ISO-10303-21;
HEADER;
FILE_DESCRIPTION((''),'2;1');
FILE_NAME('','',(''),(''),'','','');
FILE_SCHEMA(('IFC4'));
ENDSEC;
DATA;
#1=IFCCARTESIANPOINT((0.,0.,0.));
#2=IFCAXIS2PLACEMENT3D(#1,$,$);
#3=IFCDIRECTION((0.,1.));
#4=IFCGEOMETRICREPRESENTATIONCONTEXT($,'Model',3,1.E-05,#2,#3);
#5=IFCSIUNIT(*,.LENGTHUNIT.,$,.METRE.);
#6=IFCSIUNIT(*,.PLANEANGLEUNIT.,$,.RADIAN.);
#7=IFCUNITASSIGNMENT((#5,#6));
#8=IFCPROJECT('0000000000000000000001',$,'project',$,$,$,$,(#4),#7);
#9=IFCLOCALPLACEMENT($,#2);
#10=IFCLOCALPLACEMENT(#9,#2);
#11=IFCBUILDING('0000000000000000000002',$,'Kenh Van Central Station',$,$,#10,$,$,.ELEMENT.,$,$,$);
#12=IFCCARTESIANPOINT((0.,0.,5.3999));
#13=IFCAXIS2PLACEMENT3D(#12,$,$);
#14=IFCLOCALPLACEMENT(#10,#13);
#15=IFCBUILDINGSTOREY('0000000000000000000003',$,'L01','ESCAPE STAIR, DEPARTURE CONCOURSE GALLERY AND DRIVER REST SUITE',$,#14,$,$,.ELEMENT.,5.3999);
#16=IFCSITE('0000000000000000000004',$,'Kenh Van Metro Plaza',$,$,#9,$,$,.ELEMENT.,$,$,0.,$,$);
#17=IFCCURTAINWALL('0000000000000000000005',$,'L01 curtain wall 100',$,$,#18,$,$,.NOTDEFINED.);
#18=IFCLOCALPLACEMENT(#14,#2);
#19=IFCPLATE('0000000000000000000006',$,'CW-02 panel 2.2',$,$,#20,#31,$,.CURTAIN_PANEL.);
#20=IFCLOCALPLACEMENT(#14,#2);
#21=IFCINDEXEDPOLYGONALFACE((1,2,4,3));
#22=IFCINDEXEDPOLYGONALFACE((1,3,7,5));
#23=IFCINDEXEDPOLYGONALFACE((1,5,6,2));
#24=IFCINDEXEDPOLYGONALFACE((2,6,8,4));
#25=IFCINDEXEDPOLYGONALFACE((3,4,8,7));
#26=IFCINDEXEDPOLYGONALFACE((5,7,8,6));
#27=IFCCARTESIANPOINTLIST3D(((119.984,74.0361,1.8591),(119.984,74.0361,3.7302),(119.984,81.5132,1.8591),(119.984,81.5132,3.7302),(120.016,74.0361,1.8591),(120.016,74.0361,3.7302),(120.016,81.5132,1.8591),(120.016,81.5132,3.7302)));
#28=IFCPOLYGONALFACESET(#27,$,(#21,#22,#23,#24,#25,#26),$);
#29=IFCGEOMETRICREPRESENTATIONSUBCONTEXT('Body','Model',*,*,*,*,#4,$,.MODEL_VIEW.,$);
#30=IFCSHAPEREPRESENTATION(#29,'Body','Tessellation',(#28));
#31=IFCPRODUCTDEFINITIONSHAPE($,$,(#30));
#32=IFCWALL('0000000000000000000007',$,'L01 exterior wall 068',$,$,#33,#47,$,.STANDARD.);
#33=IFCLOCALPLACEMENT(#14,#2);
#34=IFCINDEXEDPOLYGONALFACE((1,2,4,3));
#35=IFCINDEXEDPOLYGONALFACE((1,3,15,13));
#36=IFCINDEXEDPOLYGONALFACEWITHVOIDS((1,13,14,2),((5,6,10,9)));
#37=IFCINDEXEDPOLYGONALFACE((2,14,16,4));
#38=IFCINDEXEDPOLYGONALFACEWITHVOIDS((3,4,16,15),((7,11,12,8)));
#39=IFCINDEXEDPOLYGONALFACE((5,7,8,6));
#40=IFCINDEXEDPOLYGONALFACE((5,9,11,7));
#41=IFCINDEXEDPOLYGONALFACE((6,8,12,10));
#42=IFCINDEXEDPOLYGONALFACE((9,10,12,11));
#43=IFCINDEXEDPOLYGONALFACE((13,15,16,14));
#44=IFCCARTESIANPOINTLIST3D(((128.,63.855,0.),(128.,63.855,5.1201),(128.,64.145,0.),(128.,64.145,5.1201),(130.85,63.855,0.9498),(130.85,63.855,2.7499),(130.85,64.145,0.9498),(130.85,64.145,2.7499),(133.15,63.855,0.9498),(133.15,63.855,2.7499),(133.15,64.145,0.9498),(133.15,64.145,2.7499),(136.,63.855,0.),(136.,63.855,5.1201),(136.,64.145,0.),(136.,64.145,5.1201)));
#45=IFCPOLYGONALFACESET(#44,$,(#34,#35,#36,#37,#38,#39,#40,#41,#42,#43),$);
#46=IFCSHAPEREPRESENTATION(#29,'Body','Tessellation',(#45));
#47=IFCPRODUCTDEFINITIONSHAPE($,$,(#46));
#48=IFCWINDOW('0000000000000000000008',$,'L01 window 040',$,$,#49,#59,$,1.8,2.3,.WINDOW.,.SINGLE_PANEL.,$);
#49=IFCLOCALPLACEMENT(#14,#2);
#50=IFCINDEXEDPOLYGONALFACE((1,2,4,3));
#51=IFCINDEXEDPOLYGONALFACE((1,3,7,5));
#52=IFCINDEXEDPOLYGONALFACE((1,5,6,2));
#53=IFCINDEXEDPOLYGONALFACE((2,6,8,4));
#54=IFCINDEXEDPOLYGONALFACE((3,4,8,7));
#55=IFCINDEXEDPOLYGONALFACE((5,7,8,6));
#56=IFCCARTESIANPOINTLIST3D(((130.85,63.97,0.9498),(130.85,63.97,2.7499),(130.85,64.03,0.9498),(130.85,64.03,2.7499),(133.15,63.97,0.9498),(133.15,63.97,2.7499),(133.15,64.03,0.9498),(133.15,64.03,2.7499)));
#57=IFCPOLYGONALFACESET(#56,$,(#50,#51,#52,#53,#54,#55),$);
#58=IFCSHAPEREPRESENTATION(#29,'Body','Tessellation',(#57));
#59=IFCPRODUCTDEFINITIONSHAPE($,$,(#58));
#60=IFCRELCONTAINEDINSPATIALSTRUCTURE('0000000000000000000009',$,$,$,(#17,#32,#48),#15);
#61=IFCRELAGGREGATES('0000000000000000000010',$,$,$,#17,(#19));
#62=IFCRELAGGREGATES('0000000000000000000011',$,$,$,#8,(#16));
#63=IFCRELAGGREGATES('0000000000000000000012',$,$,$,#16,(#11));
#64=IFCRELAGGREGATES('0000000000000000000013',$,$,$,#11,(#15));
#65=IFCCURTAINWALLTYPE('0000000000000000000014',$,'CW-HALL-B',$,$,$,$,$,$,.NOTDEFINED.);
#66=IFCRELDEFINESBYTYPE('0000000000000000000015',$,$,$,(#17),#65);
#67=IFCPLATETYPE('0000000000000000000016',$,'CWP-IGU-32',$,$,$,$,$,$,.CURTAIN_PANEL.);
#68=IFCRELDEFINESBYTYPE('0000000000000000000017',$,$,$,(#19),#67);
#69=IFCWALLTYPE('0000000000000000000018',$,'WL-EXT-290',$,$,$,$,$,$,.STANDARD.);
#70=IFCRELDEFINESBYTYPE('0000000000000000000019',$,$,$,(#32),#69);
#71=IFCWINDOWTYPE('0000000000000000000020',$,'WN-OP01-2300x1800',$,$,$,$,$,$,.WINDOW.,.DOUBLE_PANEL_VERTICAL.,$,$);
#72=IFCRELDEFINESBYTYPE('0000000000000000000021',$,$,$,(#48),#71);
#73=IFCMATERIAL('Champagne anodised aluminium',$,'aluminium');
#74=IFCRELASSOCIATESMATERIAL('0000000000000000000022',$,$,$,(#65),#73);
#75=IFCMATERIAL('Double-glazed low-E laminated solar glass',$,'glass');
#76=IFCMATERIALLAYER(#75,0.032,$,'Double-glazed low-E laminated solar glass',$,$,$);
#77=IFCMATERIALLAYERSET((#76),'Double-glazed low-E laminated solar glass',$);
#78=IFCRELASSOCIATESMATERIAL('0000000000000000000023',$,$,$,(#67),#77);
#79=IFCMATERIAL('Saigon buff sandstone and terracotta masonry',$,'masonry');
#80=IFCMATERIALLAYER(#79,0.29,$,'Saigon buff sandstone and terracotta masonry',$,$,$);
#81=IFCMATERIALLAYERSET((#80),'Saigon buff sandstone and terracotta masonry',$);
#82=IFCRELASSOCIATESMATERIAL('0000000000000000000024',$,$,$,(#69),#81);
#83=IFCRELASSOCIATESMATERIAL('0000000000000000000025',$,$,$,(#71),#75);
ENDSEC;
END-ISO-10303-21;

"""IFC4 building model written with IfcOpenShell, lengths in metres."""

from ifc_helpers import new_model, si_unit, direction, frame, frame_2d, origin, origin_2d, place, context, subcontext, project, spatial, rectangle, extrude, material, layer, layer_set, type_object, element, fill, aggregate, save


model = new_model("IFC4")

# Units and contexts
model_context = context("Model", 3, precision=1e-05, world=origin(), true_north=direction((0.0, 1.0)))
body_context = subcontext(model_context, "Body", "Model", "MODEL_VIEW")
ifc_project = project(units=[si_unit("LENGTHUNIT", "METRE"), si_unit("PLANEANGLEUNIT", "RADIAN")], contexts=[model_context])

# Site, building, storey
site_placement = place(None, origin())
site = spatial("IfcSite", under=ifc_project, at=site_placement, Name="Kenh Van Metro Plaza", CompositionType="ELEMENT", RefElevation=0.0)
building_placement = place(site_placement, origin())
building = spatial("IfcBuilding", under=site, at=building_placement, Name="Kenh Van Central Station", CompositionType="ELEMENT")
storey_placement = place(building_placement, frame((0.0, 0.0, 5.3999)))
storey = spatial("IfcBuildingStorey", under=building, at=storey_placement, Name="L01", Description="ESCAPE STAIR, DEPARTURE CONCOURSE GALLERY AND DRIVER REST SUITE", CompositionType="ELEMENT", Elevation=5.3999)

# Curtain wall
ifc_material_1 = material(Name="Champagne anodised aluminium", Category="aluminium")
curtain_wall_type = type_object("IfcCurtainWallType", Name="CW-HALL-B", PredefinedType="NOTDEFINED", material=ifc_material_1)
curtain_wall_1_placement = place(storey_placement, origin())
curtain_wall_1 = element("IfcCurtainWall", 1, at=curtain_wall_1_placement, inside=storey, type_object=curtain_wall_type, Name="L01 curtain wall 100", PredefinedType="NOTDEFINED")

# Plate
ifc_material_2 = material(Name="Double-glazed low-E laminated solar glass", Category="glass")
ifc_layer_1 = layer(ifc_material_2, 0.032, Name="Double-glazed low-E laminated solar glass")
ifc_layer_set_1 = layer_set([ifc_layer_1], Name="Double-glazed low-E laminated solar glass")
plate_type = type_object("IfcPlateType", Name="CWP-IGU-32", PredefinedType="CURTAIN_PANEL", material=ifc_layer_set_1)
plate_1_placement = place(storey_placement, frame((120.0, 77.7747, 1.8591), z_axis=(0.0, 0.0, 1.0), x_axis=(0.0, 1.0, 0.0)))
plate_1 = element("IfcPlate", 2, at=plate_1_placement, type_object=plate_type, Name="CW-02 panel 2.2", PredefinedType="CURTAIN_PANEL", context=body_context, shape_type="SweptSolid", body=[
    extrude(rectangle(XDim=7.4771, YDim=0.032, at=origin_2d()), origin(), (0.0, 0.0, 1.0), 1.8711),
])
aggregate(curtain_wall_1, [plate_1])

# Wall, opening, window
ifc_material_3 = material(Name="Saigon buff sandstone and terracotta masonry", Category="masonry")
ifc_layer_2 = layer(ifc_material_3, 0.29, Name="Saigon buff sandstone and terracotta masonry")
ifc_layer_set_2 = layer_set([ifc_layer_2], Name="Saigon buff sandstone and terracotta masonry")
wall_type = type_object("IfcWallType", Name="WL-EXT-290", PredefinedType="STANDARD", material=ifc_layer_set_2)
wall_placement = place(storey_placement, frame((136.0, 64.0, 0.0), z_axis=(0.0, 0.0, 1.0), x_axis=(-1.0, 0.0, 0.0)))
wall = element("IfcWall", 3, at=wall_placement, inside=storey, type_object=wall_type, Name="L01 exterior wall 068", PredefinedType="STANDARD", context=body_context, shape_type="SweptSolid", body=[
    extrude(rectangle(XDim=8.0, YDim=0.29, at=frame_2d((4.0, 0.0))), origin(), (0.0, 0.0, 1.0), 5.1201),
])
opening_placement = place(wall_placement, frame((2.8501, 0.0, 0.95)))
opening = element("IfcOpeningElement", 4, at=opening_placement, cuts=wall, PredefinedType="OPENING", context=body_context, shape_type="SweptSolid", body=[
    extrude(rectangle(XDim=2.3, YDim=1.8, at=frame_2d((1.1499, 0.8999))), frame((0.0, 0.155, 0.0), z_axis=(0.0, -1.0, 0.0), x_axis=(1.0, 0.0, 0.0)), (0.0, 0.0, 1.0), 0.3101),
])
window_type = type_object("IfcWindowType", Name="WN-OP01-2300x1800", PartitioningType="DOUBLE_PANEL_VERTICAL", PredefinedType="WINDOW", material=ifc_material_2)
window_placement = place(opening_placement, origin())
window = element("IfcWindow", 5, at=window_placement, inside=storey, type_object=window_type, Name="L01 window 040", OverallHeight=1.8, OverallWidth=2.3, PartitioningType="SINGLE_PANEL", PredefinedType="WINDOW", context=body_context, shape_type="SweptSolid", body=[
    extrude(rectangle(XDim=2.3, YDim=1.8, at=frame_2d((1.1499, 0.8999))), frame((0.0, 0.03, 0.0), z_axis=(0.0, -1.0, 0.0), x_axis=(1.0, 0.0, 0.0)), (0.0, 0.0, 1.0), 0.0601),
])
fill(opening, window)

save(model, "model.ifc")
